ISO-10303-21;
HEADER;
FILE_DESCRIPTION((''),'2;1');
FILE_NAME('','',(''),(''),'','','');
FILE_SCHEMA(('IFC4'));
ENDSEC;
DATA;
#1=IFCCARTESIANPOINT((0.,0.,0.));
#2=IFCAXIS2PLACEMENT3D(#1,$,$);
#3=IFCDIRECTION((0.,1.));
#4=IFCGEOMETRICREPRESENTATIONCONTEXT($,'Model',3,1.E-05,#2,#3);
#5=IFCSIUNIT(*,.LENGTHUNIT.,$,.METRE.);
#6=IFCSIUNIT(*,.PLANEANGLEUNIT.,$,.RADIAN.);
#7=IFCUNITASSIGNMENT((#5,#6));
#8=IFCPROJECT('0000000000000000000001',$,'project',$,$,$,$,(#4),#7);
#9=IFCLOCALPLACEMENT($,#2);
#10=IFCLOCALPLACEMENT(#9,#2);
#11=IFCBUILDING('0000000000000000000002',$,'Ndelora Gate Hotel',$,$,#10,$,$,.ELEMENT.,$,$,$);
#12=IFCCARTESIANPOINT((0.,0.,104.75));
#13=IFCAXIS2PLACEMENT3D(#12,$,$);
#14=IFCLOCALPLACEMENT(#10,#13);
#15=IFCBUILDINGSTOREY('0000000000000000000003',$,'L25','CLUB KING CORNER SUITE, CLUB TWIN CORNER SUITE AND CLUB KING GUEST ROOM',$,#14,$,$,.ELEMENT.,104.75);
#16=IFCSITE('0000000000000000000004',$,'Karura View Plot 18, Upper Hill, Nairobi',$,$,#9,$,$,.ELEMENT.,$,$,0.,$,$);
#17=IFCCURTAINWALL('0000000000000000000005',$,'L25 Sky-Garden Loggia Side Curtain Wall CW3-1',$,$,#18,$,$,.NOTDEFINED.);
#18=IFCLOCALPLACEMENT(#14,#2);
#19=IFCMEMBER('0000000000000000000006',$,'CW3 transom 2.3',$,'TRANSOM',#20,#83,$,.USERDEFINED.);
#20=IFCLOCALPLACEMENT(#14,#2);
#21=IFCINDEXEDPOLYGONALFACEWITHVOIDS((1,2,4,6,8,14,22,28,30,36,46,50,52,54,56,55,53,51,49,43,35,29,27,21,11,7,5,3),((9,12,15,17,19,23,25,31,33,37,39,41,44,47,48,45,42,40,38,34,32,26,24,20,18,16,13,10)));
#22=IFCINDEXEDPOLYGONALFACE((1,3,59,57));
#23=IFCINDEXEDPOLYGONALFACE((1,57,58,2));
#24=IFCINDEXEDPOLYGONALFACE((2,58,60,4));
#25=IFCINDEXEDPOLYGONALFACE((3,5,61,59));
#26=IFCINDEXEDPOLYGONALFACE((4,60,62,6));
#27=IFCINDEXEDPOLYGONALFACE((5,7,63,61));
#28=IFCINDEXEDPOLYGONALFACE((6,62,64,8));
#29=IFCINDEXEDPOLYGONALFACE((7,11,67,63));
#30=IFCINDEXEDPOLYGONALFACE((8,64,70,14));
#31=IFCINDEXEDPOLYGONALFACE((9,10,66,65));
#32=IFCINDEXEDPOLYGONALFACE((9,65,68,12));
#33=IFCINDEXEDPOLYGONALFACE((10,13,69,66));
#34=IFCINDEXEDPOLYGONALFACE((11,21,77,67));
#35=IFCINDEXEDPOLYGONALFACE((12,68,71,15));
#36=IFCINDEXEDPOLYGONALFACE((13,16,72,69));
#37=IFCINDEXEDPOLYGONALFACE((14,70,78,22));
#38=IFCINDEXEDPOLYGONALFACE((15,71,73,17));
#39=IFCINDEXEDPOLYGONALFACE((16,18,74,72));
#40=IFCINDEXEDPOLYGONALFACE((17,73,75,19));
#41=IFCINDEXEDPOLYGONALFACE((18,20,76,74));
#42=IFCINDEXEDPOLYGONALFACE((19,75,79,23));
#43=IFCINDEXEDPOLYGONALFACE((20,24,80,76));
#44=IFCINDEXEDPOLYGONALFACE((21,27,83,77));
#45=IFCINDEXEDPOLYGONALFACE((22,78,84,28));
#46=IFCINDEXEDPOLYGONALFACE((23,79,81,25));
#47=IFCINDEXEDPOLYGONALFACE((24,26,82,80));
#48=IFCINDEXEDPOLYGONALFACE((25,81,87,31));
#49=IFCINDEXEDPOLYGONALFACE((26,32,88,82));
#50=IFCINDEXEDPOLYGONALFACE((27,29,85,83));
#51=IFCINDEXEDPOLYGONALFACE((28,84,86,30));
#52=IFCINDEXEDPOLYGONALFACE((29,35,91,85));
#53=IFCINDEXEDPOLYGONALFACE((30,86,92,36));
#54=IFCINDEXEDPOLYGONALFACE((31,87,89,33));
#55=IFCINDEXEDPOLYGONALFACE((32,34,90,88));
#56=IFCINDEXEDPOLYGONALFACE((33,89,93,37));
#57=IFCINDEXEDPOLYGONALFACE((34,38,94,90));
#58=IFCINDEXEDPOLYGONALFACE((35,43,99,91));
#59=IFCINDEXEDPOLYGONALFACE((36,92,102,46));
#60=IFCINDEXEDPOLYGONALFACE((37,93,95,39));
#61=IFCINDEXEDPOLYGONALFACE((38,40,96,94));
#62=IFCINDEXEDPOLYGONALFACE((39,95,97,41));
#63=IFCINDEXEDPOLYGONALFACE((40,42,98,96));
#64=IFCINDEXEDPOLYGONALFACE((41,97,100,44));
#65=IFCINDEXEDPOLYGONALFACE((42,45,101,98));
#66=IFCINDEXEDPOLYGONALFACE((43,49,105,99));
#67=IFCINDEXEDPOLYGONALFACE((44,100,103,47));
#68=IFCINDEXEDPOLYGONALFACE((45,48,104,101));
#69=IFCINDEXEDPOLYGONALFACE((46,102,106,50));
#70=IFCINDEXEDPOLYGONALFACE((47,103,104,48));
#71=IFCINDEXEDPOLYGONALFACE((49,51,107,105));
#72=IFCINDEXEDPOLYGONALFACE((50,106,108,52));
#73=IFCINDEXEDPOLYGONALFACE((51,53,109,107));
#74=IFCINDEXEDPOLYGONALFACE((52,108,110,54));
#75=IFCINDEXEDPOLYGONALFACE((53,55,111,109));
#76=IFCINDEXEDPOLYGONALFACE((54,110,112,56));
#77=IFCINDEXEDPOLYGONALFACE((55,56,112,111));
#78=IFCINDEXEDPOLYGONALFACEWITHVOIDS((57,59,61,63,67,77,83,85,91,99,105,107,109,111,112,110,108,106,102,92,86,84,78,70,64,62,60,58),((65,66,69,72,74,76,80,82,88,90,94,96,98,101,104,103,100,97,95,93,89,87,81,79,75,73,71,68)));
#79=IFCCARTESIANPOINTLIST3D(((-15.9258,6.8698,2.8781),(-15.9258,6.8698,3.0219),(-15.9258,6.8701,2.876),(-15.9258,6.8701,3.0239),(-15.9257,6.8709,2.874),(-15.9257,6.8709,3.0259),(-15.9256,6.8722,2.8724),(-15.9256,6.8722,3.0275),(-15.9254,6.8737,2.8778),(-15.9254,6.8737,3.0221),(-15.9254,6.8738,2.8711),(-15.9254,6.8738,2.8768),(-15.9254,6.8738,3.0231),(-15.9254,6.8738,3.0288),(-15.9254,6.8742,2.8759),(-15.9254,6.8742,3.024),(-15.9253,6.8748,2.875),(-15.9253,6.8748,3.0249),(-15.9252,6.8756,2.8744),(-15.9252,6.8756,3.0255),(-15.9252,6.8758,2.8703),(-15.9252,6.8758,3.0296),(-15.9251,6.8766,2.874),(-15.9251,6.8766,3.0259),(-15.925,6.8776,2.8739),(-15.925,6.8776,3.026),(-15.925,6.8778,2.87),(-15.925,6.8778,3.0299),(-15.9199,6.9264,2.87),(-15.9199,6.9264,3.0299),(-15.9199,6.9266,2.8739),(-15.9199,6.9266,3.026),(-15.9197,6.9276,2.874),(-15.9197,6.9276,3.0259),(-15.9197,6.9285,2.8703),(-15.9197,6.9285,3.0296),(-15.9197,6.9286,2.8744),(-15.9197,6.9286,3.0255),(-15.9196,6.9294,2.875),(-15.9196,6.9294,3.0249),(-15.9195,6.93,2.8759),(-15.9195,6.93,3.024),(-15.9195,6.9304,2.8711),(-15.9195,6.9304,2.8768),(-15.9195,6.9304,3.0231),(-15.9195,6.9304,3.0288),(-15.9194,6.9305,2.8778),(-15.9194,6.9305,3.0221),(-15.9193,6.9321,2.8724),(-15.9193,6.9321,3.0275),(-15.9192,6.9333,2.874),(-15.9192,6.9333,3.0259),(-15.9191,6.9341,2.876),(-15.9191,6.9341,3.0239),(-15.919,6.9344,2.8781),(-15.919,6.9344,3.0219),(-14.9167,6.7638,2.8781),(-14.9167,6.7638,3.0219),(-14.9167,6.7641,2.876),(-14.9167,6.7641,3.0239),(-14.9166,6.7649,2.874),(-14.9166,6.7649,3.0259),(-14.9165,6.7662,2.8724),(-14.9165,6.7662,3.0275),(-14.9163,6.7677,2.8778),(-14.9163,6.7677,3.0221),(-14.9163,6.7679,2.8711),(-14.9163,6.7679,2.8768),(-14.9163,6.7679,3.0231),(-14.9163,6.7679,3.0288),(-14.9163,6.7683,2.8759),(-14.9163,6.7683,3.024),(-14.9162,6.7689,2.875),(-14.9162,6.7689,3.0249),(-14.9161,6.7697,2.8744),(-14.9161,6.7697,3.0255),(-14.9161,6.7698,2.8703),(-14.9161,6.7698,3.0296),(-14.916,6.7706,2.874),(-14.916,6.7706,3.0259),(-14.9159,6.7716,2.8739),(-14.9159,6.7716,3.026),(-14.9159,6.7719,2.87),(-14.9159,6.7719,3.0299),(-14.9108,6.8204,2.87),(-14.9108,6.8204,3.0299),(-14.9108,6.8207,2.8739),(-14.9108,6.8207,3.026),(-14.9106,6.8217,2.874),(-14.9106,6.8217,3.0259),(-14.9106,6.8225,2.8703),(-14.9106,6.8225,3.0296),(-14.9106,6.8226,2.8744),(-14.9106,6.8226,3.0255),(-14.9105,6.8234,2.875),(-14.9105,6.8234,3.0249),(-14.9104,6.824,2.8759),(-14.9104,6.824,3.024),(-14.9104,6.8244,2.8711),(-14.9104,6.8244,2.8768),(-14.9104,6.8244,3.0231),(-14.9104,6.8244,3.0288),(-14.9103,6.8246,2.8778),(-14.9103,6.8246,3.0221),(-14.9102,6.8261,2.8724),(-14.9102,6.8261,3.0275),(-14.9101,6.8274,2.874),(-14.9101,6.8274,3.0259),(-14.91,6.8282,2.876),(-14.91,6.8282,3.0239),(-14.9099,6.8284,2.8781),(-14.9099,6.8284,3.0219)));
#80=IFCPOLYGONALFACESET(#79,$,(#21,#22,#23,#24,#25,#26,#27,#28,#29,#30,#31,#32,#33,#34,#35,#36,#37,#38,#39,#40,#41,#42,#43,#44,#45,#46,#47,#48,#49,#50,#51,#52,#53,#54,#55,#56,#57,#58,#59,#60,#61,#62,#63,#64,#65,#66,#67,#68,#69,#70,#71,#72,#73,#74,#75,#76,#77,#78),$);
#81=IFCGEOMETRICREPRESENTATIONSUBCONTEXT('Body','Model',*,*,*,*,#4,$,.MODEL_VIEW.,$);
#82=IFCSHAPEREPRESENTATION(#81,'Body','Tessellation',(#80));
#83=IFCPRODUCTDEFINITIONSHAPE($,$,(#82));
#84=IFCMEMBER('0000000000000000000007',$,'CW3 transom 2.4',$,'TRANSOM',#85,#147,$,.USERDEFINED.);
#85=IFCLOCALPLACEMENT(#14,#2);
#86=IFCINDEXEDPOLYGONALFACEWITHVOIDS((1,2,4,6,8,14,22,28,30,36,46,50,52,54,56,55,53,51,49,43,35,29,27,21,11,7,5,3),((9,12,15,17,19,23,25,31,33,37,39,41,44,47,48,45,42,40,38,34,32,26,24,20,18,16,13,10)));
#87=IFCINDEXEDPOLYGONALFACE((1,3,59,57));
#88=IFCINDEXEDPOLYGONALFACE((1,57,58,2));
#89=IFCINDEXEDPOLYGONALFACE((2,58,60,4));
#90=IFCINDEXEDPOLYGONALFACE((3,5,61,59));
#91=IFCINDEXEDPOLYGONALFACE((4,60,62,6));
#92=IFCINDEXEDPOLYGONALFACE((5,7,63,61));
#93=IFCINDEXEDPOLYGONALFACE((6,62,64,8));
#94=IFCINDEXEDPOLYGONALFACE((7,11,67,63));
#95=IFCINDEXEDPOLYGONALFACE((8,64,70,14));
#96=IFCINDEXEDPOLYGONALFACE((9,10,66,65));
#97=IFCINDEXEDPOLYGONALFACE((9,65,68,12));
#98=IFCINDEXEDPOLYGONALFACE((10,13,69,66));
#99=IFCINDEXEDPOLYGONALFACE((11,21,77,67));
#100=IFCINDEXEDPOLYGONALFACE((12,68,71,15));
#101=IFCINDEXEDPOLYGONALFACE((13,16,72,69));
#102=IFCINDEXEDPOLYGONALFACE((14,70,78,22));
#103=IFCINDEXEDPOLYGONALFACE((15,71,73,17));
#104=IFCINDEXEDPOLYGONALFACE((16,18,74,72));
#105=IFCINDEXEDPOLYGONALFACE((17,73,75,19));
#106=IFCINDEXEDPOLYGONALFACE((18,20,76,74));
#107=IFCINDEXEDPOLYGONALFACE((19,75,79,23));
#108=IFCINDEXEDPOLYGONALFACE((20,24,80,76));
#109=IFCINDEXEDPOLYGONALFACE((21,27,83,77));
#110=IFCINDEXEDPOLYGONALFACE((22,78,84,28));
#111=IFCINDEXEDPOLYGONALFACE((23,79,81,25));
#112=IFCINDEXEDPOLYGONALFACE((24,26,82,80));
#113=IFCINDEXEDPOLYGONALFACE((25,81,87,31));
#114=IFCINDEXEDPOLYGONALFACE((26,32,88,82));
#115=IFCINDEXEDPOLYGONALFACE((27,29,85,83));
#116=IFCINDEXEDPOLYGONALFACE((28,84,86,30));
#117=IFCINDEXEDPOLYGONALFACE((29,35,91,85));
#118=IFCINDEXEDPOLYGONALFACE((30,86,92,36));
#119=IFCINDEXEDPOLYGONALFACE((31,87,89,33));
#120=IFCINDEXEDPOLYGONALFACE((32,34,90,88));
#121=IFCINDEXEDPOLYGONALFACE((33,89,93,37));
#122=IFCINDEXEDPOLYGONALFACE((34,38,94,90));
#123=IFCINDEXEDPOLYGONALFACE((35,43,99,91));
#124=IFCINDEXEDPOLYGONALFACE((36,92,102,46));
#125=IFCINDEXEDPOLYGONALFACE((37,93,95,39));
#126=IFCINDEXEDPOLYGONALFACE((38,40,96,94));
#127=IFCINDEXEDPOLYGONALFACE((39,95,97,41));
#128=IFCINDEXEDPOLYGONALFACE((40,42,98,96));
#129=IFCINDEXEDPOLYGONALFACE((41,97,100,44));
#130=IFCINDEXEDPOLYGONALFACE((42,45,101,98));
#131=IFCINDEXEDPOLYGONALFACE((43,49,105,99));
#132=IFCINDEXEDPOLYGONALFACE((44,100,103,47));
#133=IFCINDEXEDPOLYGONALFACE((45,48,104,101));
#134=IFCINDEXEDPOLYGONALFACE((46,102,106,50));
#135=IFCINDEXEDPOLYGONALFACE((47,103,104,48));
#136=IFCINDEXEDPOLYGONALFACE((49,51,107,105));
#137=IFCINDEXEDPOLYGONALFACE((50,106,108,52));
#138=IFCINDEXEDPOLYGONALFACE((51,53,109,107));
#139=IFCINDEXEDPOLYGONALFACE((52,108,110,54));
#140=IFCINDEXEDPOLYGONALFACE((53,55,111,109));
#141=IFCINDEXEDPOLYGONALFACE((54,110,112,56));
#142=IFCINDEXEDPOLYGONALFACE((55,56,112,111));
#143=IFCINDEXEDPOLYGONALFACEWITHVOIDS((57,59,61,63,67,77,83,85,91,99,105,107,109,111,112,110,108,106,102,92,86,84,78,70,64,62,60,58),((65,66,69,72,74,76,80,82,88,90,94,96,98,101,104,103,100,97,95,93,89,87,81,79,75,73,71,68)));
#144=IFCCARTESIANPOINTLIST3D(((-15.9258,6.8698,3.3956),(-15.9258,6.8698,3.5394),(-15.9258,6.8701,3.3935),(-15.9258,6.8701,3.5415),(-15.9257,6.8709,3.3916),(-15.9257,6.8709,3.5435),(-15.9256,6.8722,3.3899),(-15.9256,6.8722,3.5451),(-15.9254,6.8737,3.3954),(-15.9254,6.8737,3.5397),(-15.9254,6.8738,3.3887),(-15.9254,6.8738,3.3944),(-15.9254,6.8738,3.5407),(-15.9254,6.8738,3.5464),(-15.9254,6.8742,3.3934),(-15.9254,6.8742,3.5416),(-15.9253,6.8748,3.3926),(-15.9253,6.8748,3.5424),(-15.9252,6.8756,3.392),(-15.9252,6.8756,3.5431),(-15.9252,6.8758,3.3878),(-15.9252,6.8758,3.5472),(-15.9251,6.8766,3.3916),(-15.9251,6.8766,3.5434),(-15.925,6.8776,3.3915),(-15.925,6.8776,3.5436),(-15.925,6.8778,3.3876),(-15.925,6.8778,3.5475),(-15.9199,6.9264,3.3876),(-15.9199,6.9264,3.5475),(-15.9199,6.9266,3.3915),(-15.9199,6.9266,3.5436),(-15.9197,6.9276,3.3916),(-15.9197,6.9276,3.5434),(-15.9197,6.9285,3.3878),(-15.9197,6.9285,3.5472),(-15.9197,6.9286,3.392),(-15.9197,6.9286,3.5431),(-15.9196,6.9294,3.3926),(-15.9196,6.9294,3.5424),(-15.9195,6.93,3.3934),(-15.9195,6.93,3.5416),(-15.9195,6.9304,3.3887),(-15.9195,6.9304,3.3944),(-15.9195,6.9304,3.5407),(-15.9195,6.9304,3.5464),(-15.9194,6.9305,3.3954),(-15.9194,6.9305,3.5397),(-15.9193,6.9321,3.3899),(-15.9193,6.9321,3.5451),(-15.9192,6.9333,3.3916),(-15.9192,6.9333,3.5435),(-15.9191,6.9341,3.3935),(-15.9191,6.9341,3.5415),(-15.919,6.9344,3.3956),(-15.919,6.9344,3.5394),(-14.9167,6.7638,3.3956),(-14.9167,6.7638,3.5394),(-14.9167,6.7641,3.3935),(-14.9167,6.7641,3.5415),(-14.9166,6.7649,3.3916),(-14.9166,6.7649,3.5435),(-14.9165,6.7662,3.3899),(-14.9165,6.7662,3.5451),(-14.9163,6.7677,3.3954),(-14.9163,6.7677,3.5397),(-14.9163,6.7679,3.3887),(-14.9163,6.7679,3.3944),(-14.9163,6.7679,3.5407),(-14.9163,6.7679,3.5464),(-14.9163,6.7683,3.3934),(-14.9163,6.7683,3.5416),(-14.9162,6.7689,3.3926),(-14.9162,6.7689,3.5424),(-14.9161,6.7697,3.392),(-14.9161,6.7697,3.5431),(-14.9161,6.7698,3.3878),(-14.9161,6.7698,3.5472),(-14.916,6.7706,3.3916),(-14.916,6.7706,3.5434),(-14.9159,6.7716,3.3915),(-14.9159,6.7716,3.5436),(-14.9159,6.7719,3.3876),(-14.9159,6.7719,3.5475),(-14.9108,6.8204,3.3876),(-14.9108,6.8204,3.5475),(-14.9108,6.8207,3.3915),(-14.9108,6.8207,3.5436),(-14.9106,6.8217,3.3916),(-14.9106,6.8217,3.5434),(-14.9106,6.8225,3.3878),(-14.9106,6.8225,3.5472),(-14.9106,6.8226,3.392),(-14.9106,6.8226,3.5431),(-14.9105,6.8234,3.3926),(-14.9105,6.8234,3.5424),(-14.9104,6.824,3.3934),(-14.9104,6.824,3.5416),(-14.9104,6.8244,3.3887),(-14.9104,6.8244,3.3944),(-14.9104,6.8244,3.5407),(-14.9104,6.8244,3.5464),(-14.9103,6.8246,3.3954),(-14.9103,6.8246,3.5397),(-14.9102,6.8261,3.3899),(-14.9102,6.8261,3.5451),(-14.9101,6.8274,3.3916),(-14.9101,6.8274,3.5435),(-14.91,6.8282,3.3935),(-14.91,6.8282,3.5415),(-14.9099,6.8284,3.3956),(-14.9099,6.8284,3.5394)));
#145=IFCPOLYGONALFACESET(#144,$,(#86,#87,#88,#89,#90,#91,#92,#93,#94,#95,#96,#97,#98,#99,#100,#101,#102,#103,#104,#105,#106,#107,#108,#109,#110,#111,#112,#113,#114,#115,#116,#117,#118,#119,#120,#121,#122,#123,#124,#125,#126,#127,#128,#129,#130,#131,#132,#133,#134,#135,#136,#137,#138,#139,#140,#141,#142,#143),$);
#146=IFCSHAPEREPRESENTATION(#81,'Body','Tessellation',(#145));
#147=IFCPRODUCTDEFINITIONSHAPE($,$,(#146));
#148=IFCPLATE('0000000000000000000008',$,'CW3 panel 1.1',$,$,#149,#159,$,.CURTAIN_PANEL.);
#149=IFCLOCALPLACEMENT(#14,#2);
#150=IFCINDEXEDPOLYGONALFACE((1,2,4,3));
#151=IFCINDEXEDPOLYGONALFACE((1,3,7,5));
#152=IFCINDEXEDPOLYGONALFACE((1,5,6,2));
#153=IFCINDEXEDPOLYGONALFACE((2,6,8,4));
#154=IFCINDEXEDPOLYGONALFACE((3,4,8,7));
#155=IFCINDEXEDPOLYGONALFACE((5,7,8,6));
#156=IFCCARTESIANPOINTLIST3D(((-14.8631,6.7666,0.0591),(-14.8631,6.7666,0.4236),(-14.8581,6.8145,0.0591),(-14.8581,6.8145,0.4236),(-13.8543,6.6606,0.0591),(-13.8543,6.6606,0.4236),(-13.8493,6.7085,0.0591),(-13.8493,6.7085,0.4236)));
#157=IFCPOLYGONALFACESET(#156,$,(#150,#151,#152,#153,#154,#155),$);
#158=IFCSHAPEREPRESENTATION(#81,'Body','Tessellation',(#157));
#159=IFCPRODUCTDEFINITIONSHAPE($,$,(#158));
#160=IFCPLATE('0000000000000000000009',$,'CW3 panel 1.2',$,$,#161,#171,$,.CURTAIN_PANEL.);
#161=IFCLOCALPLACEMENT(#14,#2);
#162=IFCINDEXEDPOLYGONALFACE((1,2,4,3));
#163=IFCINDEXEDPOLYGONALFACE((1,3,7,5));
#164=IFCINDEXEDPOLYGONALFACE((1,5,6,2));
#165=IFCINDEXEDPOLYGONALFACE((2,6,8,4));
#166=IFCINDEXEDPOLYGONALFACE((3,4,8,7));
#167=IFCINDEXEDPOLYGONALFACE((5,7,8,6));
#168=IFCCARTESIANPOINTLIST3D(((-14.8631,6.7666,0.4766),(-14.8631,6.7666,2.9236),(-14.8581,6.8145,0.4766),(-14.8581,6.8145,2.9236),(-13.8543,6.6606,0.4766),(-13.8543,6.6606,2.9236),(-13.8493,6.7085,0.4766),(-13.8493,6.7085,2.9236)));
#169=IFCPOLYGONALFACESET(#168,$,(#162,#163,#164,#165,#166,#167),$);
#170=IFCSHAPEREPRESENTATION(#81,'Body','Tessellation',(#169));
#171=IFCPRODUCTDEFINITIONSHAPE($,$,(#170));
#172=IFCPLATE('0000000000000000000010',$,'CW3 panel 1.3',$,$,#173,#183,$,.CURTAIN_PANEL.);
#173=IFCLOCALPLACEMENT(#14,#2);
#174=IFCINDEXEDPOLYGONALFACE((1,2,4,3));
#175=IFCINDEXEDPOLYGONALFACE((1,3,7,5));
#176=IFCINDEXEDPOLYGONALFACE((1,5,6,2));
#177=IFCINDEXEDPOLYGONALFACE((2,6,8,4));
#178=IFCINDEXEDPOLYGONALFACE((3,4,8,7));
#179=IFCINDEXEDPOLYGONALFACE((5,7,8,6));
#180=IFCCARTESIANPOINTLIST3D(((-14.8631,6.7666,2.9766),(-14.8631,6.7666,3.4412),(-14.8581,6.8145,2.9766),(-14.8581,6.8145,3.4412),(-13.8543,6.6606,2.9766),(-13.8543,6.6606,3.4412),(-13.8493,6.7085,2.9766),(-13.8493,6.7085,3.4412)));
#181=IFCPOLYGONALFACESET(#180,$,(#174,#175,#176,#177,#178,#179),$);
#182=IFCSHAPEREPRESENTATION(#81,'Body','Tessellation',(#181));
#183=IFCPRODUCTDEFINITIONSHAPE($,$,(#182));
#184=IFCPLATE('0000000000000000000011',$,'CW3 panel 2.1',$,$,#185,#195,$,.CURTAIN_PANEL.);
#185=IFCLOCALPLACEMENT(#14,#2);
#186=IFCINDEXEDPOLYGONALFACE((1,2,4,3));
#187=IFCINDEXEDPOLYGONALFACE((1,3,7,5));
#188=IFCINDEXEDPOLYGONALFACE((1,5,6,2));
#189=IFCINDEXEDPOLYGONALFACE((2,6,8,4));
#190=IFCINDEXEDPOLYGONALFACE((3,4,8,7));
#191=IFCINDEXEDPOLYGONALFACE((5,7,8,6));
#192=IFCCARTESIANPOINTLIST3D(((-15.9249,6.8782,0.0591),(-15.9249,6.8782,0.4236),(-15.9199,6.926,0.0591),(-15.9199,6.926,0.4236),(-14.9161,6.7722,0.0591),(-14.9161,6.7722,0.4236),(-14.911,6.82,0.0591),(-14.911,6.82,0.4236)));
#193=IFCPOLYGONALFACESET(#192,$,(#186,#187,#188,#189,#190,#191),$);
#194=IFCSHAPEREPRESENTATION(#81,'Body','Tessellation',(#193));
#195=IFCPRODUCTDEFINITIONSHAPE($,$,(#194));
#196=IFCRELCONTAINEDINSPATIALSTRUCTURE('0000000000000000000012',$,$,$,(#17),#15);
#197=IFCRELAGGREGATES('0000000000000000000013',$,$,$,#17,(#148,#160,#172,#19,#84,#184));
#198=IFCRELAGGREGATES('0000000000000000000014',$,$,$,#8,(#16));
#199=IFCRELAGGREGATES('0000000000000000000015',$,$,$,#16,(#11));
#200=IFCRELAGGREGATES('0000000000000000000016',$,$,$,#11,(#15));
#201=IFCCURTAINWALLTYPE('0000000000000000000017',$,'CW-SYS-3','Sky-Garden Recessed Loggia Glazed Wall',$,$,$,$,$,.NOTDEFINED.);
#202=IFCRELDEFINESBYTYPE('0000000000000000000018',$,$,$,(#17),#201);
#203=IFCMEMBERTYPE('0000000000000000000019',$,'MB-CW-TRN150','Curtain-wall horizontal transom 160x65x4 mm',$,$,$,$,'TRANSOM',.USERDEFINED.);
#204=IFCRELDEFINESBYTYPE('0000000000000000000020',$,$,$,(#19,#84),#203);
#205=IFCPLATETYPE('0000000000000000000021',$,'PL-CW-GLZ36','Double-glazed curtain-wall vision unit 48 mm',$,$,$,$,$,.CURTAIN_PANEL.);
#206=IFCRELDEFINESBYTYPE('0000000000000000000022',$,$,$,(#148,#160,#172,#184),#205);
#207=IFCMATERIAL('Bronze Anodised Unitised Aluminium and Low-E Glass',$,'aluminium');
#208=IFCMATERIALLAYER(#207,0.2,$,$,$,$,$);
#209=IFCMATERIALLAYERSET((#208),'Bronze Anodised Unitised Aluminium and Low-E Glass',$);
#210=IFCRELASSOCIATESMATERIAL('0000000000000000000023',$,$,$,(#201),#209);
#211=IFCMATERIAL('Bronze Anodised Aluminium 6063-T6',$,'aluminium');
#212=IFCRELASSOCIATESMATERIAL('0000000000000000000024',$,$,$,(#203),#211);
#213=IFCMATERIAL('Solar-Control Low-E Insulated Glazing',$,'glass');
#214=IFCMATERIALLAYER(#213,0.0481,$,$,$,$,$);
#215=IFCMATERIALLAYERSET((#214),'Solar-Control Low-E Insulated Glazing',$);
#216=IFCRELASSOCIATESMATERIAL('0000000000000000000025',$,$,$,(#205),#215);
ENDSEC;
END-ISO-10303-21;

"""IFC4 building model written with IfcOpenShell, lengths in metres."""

from ifc_helpers import new_model, si_unit, direction, frame, origin, origin_2d, place, context, subcontext, project, spatial, rectangle, hollow_rectangle, extrude, material, layer, layer_set, material_profile, profile_set, type_object, element, aggregate, save


model = new_model("IFC4")

# Units and contexts
model_context = context("Model", 3, precision=1e-05, world=origin(), true_north=direction((0.0, 1.0)))
body_context = subcontext(model_context, "Body", "Model", "MODEL_VIEW")
ifc_project = project(units=[si_unit("LENGTHUNIT", "METRE"), si_unit("PLANEANGLEUNIT", "RADIAN")], contexts=[model_context])

# Site, building, storey
site_placement = place(None, origin())
site = spatial("IfcSite", under=ifc_project, at=site_placement, Name="Karura View Plot 18, Upper Hill, Nairobi", CompositionType="ELEMENT", RefElevation=0.0)
building_placement = place(site_placement, origin())
building = spatial("IfcBuilding", under=site, at=building_placement, Name="Ndelora Gate Hotel", CompositionType="ELEMENT")
storey_placement = place(building_placement, frame((0.0, 0.0, 104.75)))
storey = spatial("IfcBuildingStorey", under=building, at=storey_placement, Name="L25", Description="CLUB KING CORNER SUITE, CLUB TWIN CORNER SUITE AND CLUB KING GUEST ROOM", CompositionType="ELEMENT", Elevation=104.75)

# Curtain wall, members, plates
ifc_material_1 = material(Name="Bronze Anodised Unitised Aluminium and Low-E Glass", Category="aluminium")
ifc_layer_1 = layer(ifc_material_1, 0.2)
ifc_layer_set_1 = layer_set([ifc_layer_1], Name="Bronze Anodised Unitised Aluminium and Low-E Glass")
curtain_wall_type = type_object("IfcCurtainWallType", Name="CW-SYS-3", Description="Sky-Garden Recessed Loggia Glazed Wall", PredefinedType="NOTDEFINED", material=ifc_layer_set_1)
curtain_wall_placement = place(storey_placement, origin())
curtain_wall = element("IfcCurtainWall", 1, at=curtain_wall_placement, inside=storey, type_object=curtain_wall_type, Name="L25 Sky-Garden Loggia Side Curtain Wall CW3-1", PredefinedType="NOTDEFINED")
ifc_material_2 = material(Name="Bronze Anodised Aluminium 6063-T6", Category="aluminium")
ifc_material_profile_1 = material_profile(ifc_material_2, hollow_rectangle(XDim=0.0649, YDim=0.1599, WallThickness=0.0039, InnerFilletRadius=0.0039, OuterFilletRadius=0.0081, at=origin_2d()), Name="ALU 160x65x4")
ifc_profile_set_1 = profile_set([ifc_material_profile_1], Name="Bronze Anodised Aluminium 6063-T6")
member_type_1 = type_object("IfcMemberType", Name="MB-CW-TRN150", Description="Curtain-wall horizontal transom 160x65x4 mm", ElementType="TRANSOM", PredefinedType="USERDEFINED", material=ifc_profile_set_1)
member_1_placement = place(storey_placement, frame((-14.9133, 6.7961, 2.95), z_axis=(-0.994532, 0.104434, 0.0), x_axis=(-0.104434, -0.994532, 0.0)))
member_1 = element("IfcMember", 2, at=member_1_placement, type_object=member_type_1, Name="CW3 transom 2.3", ObjectType="TRANSOM", PredefinedType="USERDEFINED", context=body_context, shape_type="SweptSolid", body=[
    extrude(hollow_rectangle(XDim=0.0649, YDim=0.1599, WallThickness=0.0039, InnerFilletRadius=0.0039, OuterFilletRadius=0.0081, at=origin_2d()), origin(), (0.0, 0.0, 1.0), 1.0146),
])
member_2_placement = place(storey_placement, frame((-14.9133, 6.7961, 3.4675), z_axis=(-0.994532, 0.104434, 0.0), x_axis=(-0.104434, -0.994532, 0.0)))
member_2 = element("IfcMember", 3, at=member_2_placement, type_object=member_type_1, Name="CW3 transom 2.4", ObjectType="TRANSOM", PredefinedType="USERDEFINED", context=body_context, shape_type="SweptSolid", body=[
    extrude(hollow_rectangle(XDim=0.0649, YDim=0.1599, WallThickness=0.0039, InnerFilletRadius=0.0039, OuterFilletRadius=0.0081, at=origin_2d()), origin(), (0.0, 0.0, 1.0), 1.0146),
])
ifc_material_3 = material(Name="Solar-Control Low-E Insulated Glazing", Category="glass")
ifc_layer_2 = layer(ifc_material_3, 0.0481)
ifc_layer_set_2 = layer_set([ifc_layer_2], Name="Solar-Control Low-E Insulated Glazing")
plate_type = type_object("IfcPlateType", Name="PL-CW-GLZ36", Description="Double-glazed curtain-wall vision unit 48 mm", PredefinedType="CURTAIN_PANEL", material=ifc_layer_set_2)
plate_1_placement = place(storey_placement, frame((-14.3562, 6.7375, 0.0591), z_axis=(0.0, 0.0, 1.0), x_axis=(-0.994525, 0.104503, 0.0)))
plate_1 = element("IfcPlate", 4, at=plate_1_placement, type_object=plate_type, Name="CW3 panel 1.1", PredefinedType="CURTAIN_PANEL", context=body_context, shape_type="SweptSolid", body=[
    extrude(rectangle(XDim=1.0144, YDim=0.0481, at=origin_2d()), origin(), (0.0, 0.0, 1.0), 0.3645),
])
plate_2_placement = place(storey_placement, frame((-14.3562, 6.7375, 0.4766), z_axis=(0.0, 0.0, 1.0), x_axis=(-0.994525, 0.104503, 0.0)))
plate_2 = element("IfcPlate", 5, at=plate_2_placement, type_object=plate_type, Name="CW3 panel 1.2", PredefinedType="CURTAIN_PANEL", context=body_context, shape_type="SweptSolid", body=[
    extrude(rectangle(XDim=1.0144, YDim=0.0481, at=origin_2d()), origin(), (0.0, 0.0, 1.0), 2.447),
])
plate_3_placement = place(storey_placement, frame((-14.3562, 6.7375, 2.9766), z_axis=(0.0, 0.0, 1.0), x_axis=(-0.994525, 0.104503, 0.0)))
plate_3 = element("IfcPlate", 6, at=plate_3_placement, type_object=plate_type, Name="CW3 panel 1.3", PredefinedType="CURTAIN_PANEL", context=body_context, shape_type="SweptSolid", body=[
    extrude(rectangle(XDim=1.0144, YDim=0.0481, at=origin_2d()), origin(), (0.0, 0.0, 1.0), 0.4646),
])
plate_4_placement = place(storey_placement, frame((-15.418, 6.8491, 0.0591), z_axis=(0.0, 0.0, 1.0), x_axis=(-0.994525, 0.104503, 0.0)))
plate_4 = element("IfcPlate", 7, at=plate_4_placement, type_object=plate_type, Name="CW3 panel 2.1", PredefinedType="CURTAIN_PANEL", context=body_context, shape_type="SweptSolid", body=[
    extrude(rectangle(XDim=1.0144, YDim=0.0481, at=origin_2d()), origin(), (0.0, 0.0, 1.0), 0.3645),
])
aggregate(curtain_wall, [plate_1, plate_2, plate_3, member_1, member_2, plate_4])

save(model, "model.ifc")
